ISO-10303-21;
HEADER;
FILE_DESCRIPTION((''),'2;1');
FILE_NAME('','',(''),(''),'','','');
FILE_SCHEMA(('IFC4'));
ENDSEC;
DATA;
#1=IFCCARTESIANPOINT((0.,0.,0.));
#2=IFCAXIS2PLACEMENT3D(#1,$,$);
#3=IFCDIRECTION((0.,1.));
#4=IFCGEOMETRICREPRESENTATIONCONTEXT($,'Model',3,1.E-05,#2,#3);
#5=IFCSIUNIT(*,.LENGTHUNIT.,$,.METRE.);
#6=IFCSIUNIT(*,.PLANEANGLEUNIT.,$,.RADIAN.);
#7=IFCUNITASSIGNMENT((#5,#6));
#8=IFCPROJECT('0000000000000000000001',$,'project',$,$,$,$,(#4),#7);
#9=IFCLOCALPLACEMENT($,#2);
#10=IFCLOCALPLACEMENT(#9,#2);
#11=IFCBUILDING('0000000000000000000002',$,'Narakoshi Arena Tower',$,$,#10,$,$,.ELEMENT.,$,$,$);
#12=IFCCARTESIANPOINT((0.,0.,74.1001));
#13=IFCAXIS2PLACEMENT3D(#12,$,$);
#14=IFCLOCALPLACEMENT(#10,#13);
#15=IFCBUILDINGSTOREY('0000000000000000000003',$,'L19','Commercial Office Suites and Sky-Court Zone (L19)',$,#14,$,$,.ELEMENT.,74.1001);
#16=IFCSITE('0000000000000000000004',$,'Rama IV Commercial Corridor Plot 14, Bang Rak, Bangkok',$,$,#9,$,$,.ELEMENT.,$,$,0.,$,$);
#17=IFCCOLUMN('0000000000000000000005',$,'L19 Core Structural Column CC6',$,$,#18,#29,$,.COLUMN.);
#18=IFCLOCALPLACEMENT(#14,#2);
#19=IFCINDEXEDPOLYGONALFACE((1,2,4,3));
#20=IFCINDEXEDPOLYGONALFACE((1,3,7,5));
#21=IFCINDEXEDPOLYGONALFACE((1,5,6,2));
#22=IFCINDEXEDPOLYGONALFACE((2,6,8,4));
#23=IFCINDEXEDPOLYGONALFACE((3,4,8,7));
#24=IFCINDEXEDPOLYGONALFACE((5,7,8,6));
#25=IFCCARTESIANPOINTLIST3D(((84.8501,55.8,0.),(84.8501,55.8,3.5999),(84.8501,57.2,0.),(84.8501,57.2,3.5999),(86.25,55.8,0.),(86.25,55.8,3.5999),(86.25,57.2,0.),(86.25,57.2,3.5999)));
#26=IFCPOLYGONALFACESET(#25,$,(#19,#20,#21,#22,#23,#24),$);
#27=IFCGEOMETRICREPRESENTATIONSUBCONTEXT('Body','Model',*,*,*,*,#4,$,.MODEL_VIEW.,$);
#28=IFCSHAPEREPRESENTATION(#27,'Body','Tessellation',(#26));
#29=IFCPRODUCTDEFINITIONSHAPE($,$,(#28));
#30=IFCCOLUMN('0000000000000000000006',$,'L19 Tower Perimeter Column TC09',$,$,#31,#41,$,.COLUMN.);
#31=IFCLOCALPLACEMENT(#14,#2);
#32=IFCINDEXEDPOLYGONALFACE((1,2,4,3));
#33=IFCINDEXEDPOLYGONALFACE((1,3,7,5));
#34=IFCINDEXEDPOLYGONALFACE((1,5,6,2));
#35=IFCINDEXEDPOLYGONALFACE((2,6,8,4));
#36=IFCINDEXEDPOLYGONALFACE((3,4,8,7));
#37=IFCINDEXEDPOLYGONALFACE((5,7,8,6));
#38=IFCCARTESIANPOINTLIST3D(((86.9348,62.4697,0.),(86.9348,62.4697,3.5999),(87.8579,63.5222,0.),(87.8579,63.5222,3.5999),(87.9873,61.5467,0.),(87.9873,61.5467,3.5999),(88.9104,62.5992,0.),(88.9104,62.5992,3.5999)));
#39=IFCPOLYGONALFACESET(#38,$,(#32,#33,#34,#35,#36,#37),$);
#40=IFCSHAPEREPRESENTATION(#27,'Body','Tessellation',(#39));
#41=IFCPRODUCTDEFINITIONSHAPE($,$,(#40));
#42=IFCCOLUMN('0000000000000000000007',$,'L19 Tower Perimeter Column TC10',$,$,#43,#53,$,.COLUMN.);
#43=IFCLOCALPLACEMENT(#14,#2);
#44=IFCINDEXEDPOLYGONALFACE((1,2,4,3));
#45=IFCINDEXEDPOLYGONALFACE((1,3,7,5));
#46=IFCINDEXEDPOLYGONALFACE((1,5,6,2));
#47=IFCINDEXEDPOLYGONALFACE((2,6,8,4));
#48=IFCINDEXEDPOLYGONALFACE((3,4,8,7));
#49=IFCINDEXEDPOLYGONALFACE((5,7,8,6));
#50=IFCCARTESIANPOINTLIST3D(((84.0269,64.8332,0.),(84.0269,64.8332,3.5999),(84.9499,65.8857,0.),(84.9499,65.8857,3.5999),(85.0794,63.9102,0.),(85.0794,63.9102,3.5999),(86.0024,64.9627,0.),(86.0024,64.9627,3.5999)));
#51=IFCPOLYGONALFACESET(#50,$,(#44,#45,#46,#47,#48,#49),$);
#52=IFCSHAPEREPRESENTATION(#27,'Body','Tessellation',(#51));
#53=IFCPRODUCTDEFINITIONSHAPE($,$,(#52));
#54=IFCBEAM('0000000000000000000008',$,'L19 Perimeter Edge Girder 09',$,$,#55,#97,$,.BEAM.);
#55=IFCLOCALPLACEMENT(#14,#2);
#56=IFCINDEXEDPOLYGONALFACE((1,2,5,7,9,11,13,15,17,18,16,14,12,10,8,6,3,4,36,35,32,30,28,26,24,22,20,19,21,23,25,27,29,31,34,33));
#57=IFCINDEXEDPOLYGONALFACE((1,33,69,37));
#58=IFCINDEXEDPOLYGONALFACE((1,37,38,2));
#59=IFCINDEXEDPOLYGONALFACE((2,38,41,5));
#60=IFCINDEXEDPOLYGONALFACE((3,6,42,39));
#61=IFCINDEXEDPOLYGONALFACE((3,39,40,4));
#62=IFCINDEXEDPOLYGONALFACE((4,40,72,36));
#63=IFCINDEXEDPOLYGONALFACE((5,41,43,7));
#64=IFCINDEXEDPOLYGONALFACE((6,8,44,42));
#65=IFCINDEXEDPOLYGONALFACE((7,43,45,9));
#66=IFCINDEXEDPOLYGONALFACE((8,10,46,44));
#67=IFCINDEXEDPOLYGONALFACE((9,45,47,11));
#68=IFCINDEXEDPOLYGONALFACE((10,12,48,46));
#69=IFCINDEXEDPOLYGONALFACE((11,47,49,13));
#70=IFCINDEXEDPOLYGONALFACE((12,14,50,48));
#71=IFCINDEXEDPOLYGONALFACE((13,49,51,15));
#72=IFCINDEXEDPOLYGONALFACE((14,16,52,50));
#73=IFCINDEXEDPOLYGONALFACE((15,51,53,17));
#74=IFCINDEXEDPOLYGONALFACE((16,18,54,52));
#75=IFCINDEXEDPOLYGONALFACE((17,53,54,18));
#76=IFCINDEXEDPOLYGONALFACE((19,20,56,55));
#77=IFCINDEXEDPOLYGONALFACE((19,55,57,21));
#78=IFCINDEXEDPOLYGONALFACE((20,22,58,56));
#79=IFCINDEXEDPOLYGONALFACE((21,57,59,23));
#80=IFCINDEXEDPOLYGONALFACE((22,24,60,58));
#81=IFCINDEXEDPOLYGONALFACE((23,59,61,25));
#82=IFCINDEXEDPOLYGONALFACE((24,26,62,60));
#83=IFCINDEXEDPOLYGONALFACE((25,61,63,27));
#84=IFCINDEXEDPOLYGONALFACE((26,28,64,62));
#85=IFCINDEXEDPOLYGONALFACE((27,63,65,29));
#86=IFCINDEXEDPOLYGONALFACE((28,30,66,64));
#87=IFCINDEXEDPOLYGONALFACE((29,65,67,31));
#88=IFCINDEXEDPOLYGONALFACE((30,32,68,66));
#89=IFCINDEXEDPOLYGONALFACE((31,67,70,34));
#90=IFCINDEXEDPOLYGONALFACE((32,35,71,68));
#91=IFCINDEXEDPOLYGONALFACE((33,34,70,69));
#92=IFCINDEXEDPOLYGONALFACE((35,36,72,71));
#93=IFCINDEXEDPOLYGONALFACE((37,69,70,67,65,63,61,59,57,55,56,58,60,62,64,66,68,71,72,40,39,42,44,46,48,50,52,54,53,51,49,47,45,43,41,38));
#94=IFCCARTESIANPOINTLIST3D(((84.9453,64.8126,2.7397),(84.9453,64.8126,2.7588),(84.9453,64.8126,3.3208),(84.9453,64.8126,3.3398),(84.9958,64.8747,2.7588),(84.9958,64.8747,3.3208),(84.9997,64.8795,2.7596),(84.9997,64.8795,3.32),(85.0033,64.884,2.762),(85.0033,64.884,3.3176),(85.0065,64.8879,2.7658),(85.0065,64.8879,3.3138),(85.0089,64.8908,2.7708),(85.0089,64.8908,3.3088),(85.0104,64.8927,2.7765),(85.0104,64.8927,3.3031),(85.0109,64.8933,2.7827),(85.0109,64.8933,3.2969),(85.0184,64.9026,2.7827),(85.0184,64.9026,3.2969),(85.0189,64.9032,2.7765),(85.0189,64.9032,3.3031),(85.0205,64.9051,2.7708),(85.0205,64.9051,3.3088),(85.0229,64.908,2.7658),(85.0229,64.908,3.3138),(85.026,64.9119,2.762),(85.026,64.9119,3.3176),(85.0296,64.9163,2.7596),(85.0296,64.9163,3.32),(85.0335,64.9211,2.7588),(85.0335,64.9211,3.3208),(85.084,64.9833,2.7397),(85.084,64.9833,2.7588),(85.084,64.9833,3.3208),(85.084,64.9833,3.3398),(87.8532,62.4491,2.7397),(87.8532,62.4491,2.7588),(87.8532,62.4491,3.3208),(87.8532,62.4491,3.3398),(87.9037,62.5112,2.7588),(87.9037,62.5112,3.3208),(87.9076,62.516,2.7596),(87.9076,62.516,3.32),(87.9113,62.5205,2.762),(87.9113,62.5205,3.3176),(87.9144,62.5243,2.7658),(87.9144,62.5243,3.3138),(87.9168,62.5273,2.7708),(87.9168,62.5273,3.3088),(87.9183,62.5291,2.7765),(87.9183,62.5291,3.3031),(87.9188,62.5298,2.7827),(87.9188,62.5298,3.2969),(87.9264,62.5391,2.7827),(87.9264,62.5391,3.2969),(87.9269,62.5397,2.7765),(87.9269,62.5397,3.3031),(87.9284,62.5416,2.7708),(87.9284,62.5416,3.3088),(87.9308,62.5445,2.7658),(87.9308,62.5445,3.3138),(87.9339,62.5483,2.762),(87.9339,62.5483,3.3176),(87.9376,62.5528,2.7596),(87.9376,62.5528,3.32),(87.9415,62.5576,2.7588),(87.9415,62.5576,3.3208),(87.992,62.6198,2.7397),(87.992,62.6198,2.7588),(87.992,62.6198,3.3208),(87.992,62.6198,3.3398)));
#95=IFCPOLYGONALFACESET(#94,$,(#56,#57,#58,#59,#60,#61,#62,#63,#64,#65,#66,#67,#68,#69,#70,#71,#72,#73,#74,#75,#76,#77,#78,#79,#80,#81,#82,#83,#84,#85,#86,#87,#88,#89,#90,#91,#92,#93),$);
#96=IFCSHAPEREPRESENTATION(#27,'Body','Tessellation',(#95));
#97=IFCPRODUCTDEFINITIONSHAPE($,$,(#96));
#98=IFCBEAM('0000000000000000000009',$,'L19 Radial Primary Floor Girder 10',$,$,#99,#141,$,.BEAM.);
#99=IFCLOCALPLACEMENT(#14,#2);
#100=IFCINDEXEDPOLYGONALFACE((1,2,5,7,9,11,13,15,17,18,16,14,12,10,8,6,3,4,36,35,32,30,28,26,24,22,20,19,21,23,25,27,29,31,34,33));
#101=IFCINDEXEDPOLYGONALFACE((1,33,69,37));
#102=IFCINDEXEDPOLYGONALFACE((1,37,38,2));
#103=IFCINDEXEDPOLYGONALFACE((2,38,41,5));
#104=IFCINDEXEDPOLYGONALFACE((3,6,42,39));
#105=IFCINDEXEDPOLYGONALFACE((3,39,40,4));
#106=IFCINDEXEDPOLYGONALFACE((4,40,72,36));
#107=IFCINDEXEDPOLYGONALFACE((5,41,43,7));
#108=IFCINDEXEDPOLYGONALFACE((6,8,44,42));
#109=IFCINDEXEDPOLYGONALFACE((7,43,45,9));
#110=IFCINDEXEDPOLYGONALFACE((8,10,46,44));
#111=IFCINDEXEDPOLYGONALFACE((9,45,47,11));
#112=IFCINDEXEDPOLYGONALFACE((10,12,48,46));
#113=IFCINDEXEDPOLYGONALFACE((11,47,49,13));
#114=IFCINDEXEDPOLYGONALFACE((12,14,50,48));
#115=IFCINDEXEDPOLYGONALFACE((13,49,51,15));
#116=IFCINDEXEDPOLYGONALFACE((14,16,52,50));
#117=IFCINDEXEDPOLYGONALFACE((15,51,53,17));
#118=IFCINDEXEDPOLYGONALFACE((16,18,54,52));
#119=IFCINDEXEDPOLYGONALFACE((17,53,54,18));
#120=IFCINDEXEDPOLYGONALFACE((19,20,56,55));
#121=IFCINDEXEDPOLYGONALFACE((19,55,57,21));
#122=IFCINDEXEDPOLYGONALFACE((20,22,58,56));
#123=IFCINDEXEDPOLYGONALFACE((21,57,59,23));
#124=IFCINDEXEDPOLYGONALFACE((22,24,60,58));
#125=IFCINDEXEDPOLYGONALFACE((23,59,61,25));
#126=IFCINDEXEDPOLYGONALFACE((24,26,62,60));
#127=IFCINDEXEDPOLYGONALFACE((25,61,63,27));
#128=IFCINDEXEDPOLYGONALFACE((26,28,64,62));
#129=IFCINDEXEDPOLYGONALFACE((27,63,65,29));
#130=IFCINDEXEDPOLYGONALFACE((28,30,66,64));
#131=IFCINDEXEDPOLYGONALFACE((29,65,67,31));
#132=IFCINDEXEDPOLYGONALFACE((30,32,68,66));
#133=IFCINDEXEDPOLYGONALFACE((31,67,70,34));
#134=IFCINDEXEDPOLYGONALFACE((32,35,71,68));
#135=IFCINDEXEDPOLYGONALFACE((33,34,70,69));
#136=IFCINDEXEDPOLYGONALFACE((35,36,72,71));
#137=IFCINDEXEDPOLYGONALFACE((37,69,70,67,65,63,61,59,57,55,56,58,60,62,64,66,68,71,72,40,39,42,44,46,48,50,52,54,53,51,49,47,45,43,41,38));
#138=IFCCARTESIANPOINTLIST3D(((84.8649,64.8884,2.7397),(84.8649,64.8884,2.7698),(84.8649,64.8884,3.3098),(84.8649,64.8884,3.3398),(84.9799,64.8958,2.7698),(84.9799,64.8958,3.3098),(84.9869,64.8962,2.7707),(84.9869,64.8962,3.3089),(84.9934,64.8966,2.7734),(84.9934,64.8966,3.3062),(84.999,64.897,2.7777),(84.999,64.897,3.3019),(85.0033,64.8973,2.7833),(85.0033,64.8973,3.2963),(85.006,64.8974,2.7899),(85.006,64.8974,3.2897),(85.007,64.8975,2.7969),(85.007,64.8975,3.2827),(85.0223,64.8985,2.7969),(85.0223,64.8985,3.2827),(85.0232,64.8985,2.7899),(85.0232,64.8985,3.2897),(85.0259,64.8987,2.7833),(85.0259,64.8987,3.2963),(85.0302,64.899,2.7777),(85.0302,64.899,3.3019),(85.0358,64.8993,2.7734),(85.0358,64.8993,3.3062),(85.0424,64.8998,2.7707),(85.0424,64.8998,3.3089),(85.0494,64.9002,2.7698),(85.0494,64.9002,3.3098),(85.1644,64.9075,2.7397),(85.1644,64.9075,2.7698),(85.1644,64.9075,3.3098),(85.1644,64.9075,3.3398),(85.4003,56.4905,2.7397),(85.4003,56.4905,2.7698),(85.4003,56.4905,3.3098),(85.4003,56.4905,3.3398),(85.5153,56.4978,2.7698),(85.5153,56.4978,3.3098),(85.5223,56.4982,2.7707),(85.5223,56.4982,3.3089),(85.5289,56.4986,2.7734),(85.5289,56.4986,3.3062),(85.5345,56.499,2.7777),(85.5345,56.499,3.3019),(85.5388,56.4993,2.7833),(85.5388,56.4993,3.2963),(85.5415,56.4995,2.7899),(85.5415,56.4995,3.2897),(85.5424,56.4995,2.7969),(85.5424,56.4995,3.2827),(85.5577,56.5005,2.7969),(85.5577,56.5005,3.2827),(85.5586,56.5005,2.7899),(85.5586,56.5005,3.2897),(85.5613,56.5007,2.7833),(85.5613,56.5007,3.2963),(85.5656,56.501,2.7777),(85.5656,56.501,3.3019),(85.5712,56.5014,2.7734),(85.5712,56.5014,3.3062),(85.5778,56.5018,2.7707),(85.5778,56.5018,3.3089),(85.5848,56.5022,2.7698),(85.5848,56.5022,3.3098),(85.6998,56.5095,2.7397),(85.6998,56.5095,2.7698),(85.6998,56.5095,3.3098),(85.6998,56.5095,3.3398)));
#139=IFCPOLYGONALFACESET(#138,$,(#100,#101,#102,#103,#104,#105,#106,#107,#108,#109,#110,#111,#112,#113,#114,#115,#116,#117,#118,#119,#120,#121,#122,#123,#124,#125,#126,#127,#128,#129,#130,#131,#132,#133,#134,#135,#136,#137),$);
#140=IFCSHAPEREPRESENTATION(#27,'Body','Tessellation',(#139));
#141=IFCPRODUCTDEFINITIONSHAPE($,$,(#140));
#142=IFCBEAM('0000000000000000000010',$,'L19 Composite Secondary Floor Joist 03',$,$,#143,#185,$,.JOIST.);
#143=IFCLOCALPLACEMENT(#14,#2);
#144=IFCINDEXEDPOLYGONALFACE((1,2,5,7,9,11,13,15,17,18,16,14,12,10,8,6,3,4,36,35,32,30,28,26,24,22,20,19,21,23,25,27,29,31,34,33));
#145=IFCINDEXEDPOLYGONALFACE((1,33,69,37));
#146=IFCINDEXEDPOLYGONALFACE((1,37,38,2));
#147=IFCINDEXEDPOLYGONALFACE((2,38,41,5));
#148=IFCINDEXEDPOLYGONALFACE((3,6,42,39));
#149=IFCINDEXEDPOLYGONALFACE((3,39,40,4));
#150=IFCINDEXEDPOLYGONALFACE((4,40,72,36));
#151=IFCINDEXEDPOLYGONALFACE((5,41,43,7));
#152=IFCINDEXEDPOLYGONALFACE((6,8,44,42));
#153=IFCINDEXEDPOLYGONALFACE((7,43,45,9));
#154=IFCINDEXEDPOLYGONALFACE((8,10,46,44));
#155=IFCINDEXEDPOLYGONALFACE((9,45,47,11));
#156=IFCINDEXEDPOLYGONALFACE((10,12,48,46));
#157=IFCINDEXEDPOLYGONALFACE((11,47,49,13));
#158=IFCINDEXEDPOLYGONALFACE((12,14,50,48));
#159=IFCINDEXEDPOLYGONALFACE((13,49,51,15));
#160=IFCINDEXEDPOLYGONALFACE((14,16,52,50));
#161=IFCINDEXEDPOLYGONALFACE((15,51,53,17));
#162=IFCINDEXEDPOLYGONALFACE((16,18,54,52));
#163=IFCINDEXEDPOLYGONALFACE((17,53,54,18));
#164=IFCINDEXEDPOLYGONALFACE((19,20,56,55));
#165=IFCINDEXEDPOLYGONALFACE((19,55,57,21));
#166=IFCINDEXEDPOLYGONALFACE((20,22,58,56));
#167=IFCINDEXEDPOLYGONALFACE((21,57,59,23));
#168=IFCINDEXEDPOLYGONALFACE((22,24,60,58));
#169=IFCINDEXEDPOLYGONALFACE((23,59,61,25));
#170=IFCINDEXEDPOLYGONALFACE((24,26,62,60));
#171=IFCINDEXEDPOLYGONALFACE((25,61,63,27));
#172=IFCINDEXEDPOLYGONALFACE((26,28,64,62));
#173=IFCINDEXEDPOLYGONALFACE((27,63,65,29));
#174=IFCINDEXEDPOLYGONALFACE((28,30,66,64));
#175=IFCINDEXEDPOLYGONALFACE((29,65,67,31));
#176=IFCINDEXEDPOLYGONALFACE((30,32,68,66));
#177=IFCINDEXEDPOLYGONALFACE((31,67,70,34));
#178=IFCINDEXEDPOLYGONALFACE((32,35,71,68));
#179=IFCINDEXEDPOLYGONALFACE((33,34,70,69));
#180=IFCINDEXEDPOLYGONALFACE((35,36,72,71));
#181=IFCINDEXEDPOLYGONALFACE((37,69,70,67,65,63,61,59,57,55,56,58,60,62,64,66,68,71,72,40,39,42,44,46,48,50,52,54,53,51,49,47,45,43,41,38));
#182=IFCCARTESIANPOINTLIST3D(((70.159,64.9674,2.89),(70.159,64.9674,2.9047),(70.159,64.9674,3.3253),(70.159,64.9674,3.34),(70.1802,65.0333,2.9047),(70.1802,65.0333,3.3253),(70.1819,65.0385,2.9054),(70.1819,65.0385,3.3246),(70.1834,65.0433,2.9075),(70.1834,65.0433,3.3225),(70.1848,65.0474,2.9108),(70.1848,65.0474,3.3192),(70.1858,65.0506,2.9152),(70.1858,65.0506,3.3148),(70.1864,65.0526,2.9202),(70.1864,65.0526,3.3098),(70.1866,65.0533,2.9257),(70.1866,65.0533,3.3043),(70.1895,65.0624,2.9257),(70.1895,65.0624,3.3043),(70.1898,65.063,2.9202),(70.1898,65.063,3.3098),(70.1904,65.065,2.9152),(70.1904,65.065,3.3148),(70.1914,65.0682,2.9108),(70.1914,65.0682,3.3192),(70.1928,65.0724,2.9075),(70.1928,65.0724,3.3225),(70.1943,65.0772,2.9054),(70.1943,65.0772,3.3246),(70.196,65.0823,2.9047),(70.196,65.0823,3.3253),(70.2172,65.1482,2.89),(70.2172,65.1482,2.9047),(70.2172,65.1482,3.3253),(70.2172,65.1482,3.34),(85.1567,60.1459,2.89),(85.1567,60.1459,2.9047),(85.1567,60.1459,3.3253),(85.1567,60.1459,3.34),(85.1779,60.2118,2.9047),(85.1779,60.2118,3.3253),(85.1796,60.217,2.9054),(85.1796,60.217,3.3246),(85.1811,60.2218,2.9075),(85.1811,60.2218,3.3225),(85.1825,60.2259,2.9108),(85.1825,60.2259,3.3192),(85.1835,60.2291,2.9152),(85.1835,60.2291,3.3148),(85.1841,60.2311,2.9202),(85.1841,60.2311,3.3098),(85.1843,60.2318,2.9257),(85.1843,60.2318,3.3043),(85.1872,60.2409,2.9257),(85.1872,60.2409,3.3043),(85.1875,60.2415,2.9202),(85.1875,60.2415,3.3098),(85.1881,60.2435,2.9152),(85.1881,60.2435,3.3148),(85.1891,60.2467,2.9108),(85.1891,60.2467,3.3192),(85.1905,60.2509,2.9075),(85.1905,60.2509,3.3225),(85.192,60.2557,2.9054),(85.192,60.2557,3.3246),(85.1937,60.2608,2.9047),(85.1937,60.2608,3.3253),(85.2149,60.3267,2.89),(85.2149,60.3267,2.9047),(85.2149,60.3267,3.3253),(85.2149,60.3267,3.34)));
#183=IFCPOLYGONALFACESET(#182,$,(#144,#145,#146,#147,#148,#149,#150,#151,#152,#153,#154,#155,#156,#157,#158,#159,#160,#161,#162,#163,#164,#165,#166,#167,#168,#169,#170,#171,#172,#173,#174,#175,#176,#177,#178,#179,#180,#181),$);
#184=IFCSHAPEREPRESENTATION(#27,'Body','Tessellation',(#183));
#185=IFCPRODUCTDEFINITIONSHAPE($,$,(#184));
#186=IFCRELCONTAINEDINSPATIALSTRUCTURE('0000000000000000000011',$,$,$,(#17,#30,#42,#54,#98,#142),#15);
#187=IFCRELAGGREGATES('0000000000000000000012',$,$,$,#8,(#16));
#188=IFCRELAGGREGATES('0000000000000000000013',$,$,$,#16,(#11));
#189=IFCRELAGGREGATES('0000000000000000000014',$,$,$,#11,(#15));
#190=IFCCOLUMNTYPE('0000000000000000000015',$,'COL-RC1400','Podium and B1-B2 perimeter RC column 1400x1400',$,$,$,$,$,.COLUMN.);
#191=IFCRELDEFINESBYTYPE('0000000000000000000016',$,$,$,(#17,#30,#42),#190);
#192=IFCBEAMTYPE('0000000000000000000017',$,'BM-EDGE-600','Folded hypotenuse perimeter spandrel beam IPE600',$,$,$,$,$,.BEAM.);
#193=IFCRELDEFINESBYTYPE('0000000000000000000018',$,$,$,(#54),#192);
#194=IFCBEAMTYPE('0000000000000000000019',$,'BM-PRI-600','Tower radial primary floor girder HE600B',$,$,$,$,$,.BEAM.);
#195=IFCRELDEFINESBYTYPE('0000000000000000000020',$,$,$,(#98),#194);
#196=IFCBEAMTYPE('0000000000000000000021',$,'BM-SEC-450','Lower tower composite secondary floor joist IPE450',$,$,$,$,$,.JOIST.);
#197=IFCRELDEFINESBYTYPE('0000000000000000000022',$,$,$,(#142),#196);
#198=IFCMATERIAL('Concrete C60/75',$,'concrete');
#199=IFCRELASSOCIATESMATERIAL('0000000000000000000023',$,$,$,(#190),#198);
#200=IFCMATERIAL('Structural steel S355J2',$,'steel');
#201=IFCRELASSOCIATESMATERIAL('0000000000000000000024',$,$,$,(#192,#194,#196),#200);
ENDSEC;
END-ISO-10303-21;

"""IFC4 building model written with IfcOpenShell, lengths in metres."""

from ifc_helpers import new_model, si_unit, direction, frame, origin, origin_2d, place, context, subcontext, project, spatial, rectangle, i_section, extrude, material, material_profile, profile_set, type_object, element, save


model = new_model("IFC4")

# Units and contexts
model_context = context("Model", 3, precision=1e-05, world=origin(), true_north=direction((0.0, 1.0)))
body_context = subcontext(model_context, "Body", "Model", "MODEL_VIEW")
ifc_project = project(units=[si_unit("LENGTHUNIT", "METRE"), si_unit("PLANEANGLEUNIT", "RADIAN")], contexts=[model_context])

# Site, building, storey
site_placement = place(None, origin())
site = spatial("IfcSite", under=ifc_project, at=site_placement, Name="Rama IV Commercial Corridor Plot 14, Bang Rak, Bangkok", CompositionType="ELEMENT", RefElevation=0.0)
building_placement = place(site_placement, origin())
building = spatial("IfcBuilding", under=site, at=building_placement, Name="Narakoshi Arena Tower", CompositionType="ELEMENT")
storey_placement = place(building_placement, frame((0.0, 0.0, 74.1001)))
storey = spatial("IfcBuildingStorey", under=building, at=storey_placement, Name="L19", Description="Commercial Office Suites and Sky-Court Zone (L19)", CompositionType="ELEMENT", Elevation=74.1001)

# Columns
ifc_material_1 = material(Name="Concrete C60/75", Category="concrete")
ifc_material_profile_1 = material_profile(ifc_material_1, rectangle(XDim=1.3999, YDim=1.3999, at=origin_2d()), Name="RC1400x1400")
ifc_profile_set_1 = profile_set([ifc_material_profile_1], Name="Concrete C60/75")
column_type = type_object("IfcColumnType", Name="COL-RC1400", Description="Podium and B1-B2 perimeter RC column 1400x1400", PredefinedType="COLUMN", material=ifc_profile_set_1)
for number, where, z_axis, x_axis, name in (
    (1, (85.55, 56.5, 0.0), (0.0, 0.0, 1.0), (1.0, 0.0, 0.0), "L19 Core Structural Column CC6"),
    (2, (87.9226, 62.5344, 0.0), (0.0, 0.0, 1.0), (0.659346, 0.75184, 0.0), "L19 Tower Perimeter Column TC09"),
    (3, (85.0146, 64.8979, 0.0), (0.0, 0.0, 1.0), (0.659346, 0.75184, 0.0), "L19 Tower Perimeter Column TC10"),
):
    element("IfcColumn", number, at=place(storey_placement, frame(where, z_axis=z_axis, x_axis=x_axis)), inside=storey, type_object=column_type, Name=name, PredefinedType="COLUMN", context=body_context, shape_type="SweptSolid", body=[
        extrude(rectangle(XDim=1.3999, YDim=1.3999, at=origin_2d()), origin(), (0.0, 0.0, 1.0), 3.5999),
    ])

# Beams
ifc_material_2 = material(Name="Structural steel S355J2", Category="steel")
ifc_material_profile_2 = material_profile(ifc_material_2, i_section(OverallWidth=0.22, OverallDepth=0.6001, WebThickness=0.012, FlangeThickness=0.019, FilletRadius=0.0239, at=origin_2d()), Name="IPE600")
ifc_profile_set_2 = profile_set([ifc_material_profile_2], Name="Structural steel S355J2")
beam_type_1 = type_object("IfcBeamType", Name="BM-EDGE-600", Description="Folded hypotenuse perimeter spandrel beam IPE600", PredefinedType="BEAM", material=ifc_profile_set_2)
beam_1_placement = place(storey_placement, frame((87.9226, 62.5344, 3.0398), z_axis=(-0.776008, 0.630723, 0.0), x_axis=(-0.630723, -0.776008, 0.0)))
element("IfcBeam", 4, at=beam_1_placement, inside=storey, type_object=beam_type_1, Name="L19 Perimeter Edge Girder 09", PredefinedType="BEAM", context=body_context, shape_type="SweptSolid", body=[
    extrude(i_section(OverallWidth=0.22, OverallDepth=0.6001, WebThickness=0.012, FlangeThickness=0.019, FilletRadius=0.0239, at=origin_2d()), origin(), (0.0, 0.0, 1.0), 3.7473),
])
ifc_material_profile_3 = material_profile(ifc_material_2, i_section(OverallWidth=0.3, OverallDepth=0.6001, WebThickness=0.0154, FlangeThickness=0.03, FilletRadius=0.0271, at=origin_2d()), Name="HE600B")
ifc_profile_set_3 = profile_set([ifc_material_profile_3], Name="Structural steel S355J2")
beam_type_2 = type_object("IfcBeamType", Name="BM-PRI-600", Description="Tower radial primary floor girder HE600B", PredefinedType="BEAM", material=ifc_profile_set_3)
beam_2_placement = place(storey_placement, frame((85.55, 56.5, 3.0398), z_axis=(-0.063625, 0.997974, 0.0), x_axis=(-0.997974, -0.063625, 0.0)))
element("IfcBeam", 5, at=beam_2_placement, inside=storey, type_object=beam_type_2, Name="L19 Radial Primary Floor Girder 10", PredefinedType="BEAM", context=body_context, shape_type="SweptSolid", body=[
    extrude(i_section(OverallWidth=0.3, OverallDepth=0.6001, WebThickness=0.0154, FlangeThickness=0.03, FilletRadius=0.0271, at=origin_2d()), origin(), (0.0, 0.0, 1.0), 8.415),
])
ifc_material_profile_4 = material_profile(ifc_material_2, i_section(OverallWidth=0.1899, OverallDepth=0.45, WebThickness=0.0095, FlangeThickness=0.0146, FilletRadius=0.021, at=origin_2d()), Name="IPE450")
ifc_profile_set_4 = profile_set([ifc_material_profile_4], Name="Structural steel S355J2")
beam_type_3 = type_object("IfcBeamType", Name="BM-SEC-450", Description="Lower tower composite secondary floor joist IPE450", PredefinedType="JOIST", material=ifc_profile_set_4)
beam_3_placement = place(storey_placement, frame((85.1858, 60.2363, 3.115), z_axis=(-0.952014, 0.306056, 0.0), x_axis=(-0.306056, -0.952014, 0.0)))
element("IfcBeam", 6, at=beam_3_placement, inside=storey, type_object=beam_type_3, Name="L19 Composite Secondary Floor Joist 03", PredefinedType="JOIST", context=body_context, shape_type="SweptSolid", body=[
    extrude(i_section(OverallWidth=0.1899, OverallDepth=0.45, WebThickness=0.0095, FlangeThickness=0.0146, FilletRadius=0.021, at=origin_2d()), origin(), (0.0, 0.0, 1.0), 15.7537),
])

save(model, "model.ifc")
